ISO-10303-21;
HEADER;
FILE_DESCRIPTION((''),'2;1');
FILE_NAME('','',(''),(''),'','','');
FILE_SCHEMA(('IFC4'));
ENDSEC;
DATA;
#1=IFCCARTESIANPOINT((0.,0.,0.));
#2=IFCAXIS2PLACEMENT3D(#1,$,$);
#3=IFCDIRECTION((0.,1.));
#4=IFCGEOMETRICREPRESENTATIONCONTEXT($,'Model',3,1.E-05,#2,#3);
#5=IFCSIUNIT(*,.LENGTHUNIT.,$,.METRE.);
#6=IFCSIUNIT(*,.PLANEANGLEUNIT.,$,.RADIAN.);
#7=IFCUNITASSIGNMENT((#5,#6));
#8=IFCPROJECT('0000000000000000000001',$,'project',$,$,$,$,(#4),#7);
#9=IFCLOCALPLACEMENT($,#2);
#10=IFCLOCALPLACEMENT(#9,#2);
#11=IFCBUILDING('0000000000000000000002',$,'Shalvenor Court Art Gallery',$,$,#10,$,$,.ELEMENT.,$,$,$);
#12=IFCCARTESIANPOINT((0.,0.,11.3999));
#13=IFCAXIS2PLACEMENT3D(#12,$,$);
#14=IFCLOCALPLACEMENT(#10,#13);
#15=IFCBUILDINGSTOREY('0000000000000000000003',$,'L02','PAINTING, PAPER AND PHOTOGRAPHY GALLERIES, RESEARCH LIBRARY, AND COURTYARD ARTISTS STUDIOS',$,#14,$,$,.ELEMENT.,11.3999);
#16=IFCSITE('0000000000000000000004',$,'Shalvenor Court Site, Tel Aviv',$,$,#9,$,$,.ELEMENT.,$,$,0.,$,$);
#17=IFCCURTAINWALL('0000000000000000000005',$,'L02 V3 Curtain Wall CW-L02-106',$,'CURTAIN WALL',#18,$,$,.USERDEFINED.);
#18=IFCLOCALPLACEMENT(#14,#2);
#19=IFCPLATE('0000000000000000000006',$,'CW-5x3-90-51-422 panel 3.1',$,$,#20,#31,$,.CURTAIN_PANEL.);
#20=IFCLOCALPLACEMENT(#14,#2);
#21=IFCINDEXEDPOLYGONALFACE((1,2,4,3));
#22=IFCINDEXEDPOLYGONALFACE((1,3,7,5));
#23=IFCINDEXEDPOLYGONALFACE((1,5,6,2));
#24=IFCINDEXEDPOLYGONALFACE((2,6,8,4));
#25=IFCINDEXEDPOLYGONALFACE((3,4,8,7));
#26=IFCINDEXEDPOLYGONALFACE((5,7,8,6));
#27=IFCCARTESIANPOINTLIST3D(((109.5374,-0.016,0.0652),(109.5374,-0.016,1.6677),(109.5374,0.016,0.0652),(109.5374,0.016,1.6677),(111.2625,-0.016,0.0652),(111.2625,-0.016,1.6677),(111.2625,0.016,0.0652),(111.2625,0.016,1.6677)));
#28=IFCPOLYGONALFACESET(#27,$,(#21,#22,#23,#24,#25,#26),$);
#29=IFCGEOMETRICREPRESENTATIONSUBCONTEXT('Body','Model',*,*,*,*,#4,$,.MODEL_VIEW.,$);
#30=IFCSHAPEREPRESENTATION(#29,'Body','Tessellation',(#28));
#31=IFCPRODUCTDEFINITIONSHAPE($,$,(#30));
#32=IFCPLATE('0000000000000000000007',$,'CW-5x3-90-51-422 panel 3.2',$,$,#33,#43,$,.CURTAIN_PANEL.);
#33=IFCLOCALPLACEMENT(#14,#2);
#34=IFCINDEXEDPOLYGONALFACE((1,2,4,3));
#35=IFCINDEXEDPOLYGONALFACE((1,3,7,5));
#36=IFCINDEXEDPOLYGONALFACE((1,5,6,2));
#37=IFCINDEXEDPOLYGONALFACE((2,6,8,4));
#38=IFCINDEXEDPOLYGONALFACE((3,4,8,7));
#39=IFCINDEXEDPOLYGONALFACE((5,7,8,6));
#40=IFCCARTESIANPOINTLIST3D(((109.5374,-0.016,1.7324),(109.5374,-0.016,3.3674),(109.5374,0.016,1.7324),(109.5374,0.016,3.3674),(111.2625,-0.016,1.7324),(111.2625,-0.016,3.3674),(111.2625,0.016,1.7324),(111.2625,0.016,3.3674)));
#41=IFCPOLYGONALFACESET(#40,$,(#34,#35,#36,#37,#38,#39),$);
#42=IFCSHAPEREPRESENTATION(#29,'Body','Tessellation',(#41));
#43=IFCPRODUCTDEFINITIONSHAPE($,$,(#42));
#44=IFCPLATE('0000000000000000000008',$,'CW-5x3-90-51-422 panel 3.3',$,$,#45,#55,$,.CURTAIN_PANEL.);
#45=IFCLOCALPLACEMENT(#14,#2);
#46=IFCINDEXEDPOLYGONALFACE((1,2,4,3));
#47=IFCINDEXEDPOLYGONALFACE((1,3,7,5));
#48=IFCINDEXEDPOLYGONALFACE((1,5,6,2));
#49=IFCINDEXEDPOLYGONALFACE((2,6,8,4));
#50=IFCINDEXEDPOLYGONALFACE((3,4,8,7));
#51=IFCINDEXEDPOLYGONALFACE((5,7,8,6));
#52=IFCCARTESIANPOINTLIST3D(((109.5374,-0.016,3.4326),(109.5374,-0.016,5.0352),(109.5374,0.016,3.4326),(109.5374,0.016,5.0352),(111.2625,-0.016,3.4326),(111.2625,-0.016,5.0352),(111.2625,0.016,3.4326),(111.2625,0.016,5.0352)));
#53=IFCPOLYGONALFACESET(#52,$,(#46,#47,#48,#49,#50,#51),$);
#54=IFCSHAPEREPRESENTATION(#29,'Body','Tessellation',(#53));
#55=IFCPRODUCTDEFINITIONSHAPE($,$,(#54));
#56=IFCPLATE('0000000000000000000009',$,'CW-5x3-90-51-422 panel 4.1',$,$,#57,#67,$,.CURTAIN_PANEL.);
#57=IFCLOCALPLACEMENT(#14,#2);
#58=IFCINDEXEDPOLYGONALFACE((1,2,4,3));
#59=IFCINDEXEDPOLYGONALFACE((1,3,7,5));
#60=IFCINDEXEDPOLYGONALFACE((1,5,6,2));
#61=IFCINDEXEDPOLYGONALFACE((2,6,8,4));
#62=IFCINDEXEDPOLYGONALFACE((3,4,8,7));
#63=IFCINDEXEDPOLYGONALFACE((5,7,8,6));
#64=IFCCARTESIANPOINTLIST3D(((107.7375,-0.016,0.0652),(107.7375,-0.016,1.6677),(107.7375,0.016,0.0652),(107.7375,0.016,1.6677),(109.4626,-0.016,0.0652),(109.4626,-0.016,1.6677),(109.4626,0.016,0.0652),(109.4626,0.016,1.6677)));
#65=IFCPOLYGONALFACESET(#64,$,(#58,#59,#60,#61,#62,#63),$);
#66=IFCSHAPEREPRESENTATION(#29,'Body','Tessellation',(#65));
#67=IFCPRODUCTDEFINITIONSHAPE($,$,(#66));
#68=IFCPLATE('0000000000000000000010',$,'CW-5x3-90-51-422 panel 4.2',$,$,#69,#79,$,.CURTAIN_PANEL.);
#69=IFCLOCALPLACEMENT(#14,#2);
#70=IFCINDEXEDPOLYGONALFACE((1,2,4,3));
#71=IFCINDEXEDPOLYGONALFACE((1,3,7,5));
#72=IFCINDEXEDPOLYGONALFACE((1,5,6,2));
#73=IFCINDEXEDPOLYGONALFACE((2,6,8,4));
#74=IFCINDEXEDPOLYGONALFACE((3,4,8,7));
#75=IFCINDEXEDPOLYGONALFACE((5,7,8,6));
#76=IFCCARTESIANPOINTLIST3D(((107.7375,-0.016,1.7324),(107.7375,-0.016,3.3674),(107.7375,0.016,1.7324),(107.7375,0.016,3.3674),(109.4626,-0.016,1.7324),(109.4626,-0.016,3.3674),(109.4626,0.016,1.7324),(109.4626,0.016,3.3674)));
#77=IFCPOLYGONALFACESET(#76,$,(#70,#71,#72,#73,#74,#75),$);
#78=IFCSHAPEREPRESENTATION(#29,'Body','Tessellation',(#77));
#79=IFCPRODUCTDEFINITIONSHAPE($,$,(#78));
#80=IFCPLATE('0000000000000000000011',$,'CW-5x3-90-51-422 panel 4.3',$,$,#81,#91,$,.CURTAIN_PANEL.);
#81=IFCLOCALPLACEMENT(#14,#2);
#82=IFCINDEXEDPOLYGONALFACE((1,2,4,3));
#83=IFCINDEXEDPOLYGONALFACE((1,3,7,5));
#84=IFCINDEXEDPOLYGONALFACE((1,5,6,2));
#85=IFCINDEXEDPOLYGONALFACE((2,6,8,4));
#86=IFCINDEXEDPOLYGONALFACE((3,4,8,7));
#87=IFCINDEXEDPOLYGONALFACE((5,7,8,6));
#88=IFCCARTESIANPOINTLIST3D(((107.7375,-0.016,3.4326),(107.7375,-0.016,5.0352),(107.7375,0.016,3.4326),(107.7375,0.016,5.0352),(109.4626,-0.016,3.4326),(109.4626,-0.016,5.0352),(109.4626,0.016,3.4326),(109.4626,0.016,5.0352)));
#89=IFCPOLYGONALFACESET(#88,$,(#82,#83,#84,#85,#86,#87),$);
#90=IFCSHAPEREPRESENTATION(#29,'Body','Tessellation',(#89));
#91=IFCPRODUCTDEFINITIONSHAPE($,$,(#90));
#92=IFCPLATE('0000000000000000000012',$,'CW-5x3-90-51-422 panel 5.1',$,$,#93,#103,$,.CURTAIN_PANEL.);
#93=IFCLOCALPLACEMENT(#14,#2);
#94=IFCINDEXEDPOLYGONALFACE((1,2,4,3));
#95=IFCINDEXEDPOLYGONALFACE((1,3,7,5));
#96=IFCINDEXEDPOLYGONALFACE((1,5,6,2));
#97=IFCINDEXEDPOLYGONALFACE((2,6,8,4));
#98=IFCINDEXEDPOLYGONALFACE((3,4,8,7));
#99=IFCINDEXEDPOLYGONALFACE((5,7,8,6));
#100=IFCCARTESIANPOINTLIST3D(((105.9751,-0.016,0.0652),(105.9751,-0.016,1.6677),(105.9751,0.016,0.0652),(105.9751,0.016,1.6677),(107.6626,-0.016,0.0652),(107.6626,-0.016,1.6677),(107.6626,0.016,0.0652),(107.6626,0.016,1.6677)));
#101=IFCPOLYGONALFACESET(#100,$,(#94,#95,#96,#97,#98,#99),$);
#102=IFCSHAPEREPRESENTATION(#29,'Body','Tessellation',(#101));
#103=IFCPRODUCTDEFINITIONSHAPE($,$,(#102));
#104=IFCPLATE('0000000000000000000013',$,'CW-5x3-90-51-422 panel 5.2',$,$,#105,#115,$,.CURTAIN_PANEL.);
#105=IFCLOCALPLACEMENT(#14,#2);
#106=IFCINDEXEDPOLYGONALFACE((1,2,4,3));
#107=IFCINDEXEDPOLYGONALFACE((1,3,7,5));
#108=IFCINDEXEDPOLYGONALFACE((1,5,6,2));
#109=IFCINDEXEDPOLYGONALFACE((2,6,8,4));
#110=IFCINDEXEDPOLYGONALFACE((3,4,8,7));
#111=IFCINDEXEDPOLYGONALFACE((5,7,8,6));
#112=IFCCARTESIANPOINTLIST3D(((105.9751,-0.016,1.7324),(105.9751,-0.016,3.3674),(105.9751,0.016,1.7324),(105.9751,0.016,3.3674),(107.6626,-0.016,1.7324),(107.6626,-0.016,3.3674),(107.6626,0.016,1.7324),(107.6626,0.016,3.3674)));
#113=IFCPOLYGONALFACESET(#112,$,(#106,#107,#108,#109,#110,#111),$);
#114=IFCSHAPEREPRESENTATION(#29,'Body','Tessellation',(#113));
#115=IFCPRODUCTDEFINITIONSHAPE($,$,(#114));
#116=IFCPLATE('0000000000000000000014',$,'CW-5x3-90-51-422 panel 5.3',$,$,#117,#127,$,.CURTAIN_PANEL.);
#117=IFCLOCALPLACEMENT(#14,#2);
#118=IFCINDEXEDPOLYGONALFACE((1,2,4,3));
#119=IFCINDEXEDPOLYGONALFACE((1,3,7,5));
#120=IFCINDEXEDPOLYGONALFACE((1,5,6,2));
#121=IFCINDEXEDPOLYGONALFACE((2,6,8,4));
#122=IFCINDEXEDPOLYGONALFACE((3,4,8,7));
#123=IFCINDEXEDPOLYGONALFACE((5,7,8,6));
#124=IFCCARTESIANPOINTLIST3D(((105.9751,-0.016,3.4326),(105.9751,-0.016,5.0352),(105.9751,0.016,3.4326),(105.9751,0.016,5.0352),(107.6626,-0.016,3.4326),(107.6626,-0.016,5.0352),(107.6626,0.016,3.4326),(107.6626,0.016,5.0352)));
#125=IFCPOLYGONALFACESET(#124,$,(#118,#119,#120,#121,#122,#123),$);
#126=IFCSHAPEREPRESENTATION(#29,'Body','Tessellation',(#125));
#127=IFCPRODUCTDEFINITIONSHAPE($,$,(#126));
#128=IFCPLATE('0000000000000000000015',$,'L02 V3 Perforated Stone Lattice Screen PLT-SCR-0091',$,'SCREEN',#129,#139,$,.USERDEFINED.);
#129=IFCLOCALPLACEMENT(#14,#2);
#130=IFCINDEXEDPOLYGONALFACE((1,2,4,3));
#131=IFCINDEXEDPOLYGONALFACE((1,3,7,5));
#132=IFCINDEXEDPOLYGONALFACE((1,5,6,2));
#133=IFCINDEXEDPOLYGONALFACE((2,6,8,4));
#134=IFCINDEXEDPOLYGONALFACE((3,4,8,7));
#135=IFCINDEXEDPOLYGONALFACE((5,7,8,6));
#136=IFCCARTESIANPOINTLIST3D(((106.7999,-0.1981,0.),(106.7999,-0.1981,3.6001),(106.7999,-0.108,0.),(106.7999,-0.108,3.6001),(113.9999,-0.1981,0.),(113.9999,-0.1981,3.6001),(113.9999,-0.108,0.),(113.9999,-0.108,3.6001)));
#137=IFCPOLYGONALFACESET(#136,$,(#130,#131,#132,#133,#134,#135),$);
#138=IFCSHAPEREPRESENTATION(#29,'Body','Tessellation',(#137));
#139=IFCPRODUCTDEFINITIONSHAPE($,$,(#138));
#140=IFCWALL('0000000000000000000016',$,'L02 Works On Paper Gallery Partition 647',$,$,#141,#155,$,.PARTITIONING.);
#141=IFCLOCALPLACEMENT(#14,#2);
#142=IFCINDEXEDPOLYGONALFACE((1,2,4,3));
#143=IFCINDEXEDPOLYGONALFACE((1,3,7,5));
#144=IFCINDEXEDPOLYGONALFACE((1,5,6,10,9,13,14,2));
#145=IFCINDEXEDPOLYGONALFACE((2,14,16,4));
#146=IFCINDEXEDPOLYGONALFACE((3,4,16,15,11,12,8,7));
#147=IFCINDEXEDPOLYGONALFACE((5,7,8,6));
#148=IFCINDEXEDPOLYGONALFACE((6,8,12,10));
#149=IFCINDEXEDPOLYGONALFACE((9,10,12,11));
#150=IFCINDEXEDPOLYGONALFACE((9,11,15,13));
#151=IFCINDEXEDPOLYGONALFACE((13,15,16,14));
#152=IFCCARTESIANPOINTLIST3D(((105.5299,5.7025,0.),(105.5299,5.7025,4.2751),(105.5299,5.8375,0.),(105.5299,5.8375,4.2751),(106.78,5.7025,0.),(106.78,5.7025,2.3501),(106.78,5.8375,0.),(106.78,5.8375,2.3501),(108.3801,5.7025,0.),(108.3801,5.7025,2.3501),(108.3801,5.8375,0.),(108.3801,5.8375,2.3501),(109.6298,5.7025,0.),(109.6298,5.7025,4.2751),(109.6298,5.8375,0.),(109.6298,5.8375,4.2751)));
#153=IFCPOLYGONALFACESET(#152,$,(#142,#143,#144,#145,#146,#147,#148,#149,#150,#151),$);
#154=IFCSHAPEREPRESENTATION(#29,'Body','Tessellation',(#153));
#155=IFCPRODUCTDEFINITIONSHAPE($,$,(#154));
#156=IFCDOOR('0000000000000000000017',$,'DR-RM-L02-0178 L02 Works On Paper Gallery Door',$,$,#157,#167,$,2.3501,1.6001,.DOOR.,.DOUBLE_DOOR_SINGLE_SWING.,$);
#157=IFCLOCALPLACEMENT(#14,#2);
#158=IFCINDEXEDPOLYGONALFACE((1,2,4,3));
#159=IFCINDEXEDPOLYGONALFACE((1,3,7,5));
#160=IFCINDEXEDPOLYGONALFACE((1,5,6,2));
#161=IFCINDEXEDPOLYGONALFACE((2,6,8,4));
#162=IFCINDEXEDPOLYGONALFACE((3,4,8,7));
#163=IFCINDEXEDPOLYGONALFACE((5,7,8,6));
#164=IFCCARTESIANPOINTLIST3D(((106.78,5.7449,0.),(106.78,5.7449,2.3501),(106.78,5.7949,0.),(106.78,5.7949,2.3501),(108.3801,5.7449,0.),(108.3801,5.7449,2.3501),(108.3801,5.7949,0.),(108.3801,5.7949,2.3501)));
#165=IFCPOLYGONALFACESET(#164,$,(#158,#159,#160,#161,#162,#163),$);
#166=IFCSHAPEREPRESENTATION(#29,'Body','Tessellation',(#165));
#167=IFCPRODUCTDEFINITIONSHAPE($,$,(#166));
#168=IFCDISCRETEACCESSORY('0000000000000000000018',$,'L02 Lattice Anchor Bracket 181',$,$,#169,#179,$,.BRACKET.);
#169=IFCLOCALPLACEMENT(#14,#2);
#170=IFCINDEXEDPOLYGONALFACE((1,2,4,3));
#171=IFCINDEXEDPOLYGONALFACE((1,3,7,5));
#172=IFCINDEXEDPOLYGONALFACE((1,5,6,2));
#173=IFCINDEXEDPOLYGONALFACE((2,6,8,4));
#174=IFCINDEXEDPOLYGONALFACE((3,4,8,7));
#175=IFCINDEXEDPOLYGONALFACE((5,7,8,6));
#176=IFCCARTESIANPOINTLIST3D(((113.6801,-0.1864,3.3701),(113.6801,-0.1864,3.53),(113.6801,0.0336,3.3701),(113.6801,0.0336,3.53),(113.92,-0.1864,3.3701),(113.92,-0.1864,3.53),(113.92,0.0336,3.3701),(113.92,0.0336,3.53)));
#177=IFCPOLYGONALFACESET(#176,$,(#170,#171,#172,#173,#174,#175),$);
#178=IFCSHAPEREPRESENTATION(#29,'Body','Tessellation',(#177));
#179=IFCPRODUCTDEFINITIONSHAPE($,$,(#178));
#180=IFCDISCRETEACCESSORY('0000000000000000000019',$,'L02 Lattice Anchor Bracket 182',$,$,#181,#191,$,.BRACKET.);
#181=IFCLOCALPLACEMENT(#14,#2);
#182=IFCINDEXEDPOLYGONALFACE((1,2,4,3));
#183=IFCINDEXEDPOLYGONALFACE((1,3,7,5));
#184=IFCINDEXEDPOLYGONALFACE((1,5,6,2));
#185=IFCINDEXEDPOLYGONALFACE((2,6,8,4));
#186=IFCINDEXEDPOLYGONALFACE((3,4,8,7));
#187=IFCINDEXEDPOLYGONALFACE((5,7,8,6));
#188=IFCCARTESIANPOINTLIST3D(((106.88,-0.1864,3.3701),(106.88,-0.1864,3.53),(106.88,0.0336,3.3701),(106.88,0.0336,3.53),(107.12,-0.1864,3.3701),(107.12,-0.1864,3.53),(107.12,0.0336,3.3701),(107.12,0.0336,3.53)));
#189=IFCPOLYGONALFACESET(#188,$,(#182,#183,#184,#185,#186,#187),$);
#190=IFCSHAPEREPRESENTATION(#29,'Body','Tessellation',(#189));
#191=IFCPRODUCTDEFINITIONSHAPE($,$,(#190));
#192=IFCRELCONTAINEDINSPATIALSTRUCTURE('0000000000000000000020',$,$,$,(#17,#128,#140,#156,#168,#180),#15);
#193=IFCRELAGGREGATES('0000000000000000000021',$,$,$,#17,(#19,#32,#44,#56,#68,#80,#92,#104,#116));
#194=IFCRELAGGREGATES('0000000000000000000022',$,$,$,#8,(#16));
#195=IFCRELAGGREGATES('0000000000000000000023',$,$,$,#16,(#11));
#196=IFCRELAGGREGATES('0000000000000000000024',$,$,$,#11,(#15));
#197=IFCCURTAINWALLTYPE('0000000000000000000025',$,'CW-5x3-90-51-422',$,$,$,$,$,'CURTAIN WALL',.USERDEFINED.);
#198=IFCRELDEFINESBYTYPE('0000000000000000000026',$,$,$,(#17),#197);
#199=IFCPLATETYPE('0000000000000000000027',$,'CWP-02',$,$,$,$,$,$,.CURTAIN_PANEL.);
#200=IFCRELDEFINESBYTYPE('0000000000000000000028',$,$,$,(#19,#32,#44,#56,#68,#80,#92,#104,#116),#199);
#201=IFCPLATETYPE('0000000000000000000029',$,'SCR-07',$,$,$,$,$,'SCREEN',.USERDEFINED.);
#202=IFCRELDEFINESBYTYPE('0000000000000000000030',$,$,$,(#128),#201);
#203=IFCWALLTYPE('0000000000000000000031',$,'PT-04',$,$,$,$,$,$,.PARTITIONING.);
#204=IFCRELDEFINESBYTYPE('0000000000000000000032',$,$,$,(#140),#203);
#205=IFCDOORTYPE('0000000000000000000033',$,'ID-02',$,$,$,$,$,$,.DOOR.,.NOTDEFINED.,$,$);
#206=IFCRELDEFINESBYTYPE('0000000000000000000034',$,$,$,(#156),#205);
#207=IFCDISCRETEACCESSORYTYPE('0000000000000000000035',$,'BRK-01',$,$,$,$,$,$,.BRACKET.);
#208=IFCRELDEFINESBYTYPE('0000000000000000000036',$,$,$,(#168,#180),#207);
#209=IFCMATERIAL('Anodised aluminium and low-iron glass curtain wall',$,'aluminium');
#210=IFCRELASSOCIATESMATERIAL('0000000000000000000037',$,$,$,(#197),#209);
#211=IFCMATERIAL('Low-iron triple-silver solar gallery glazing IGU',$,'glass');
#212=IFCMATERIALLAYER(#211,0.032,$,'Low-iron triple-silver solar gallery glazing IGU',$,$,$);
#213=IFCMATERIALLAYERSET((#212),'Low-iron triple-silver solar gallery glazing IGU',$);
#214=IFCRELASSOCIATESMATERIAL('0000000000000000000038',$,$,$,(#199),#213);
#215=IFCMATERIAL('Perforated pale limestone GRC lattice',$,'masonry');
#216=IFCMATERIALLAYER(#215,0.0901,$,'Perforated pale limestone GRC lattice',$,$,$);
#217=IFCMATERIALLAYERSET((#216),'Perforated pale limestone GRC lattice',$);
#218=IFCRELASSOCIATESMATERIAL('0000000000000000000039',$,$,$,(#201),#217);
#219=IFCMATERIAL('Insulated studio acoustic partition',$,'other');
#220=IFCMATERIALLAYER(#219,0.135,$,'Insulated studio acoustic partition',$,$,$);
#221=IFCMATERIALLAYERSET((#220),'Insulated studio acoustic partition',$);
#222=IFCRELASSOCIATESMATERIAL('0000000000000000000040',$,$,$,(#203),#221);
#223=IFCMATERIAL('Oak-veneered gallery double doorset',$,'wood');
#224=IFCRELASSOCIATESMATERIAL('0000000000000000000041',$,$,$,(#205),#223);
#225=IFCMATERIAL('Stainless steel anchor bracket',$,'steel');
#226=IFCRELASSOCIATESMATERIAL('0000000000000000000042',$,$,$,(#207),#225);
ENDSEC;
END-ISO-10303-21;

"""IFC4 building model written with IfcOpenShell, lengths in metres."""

from ifc_helpers import new_model, si_unit, direction, frame, frame_2d, origin, origin_2d, place, context, subcontext, project, spatial, rectangle, extrude, material, layer, layer_set, type_object, element, fill, aggregate, save


model = new_model("IFC4")

# Units and contexts
model_context = context("Model", 3, precision=1e-05, world=origin(), true_north=direction((0.0, 1.0)))
body_context = subcontext(model_context, "Body", "Model", "MODEL_VIEW")
ifc_project = project(units=[si_unit("LENGTHUNIT", "METRE"), si_unit("PLANEANGLEUNIT", "RADIAN")], contexts=[model_context])

# Site, building, storey
site_placement = place(None, origin())
site = spatial("IfcSite", under=ifc_project, at=site_placement, Name="Shalvenor Court Site, Tel Aviv", CompositionType="ELEMENT", RefElevation=0.0)
building_placement = place(site_placement, origin())
building = spatial("IfcBuilding", under=site, at=building_placement, Name="Shalvenor Court Art Gallery", CompositionType="ELEMENT")
storey_placement = place(building_placement, frame((0.0, 0.0, 11.3999)))
storey = spatial("IfcBuildingStorey", under=building, at=storey_placement, Name="L02", Description="PAINTING, PAPER AND PHOTOGRAPHY GALLERIES, RESEARCH LIBRARY, AND COURTYARD ARTISTS STUDIOS", CompositionType="ELEMENT", Elevation=11.3999)

# Curtain wall
ifc_material_1 = material(Name="Anodised aluminium and low-iron glass curtain wall", Category="aluminium")
curtain_wall_type = type_object("IfcCurtainWallType", Name="CW-5x3-90-51-422", ElementType="CURTAIN WALL", PredefinedType="USERDEFINED", material=ifc_material_1)
curtain_wall_placement = place(storey_placement, origin())
curtain_wall = element("IfcCurtainWall", 1, at=curtain_wall_placement, inside=storey, type_object=curtain_wall_type, Name="L02 V3 Curtain Wall CW-L02-106", ObjectType="CURTAIN WALL", PredefinedType="USERDEFINED")

# Plates
ifc_material_2 = material(Name="Low-iron triple-silver solar gallery glazing IGU", Category="glass")
ifc_layer_1 = layer(ifc_material_2, 0.032, Name="Low-iron triple-silver solar gallery glazing IGU")
ifc_layer_set_1 = layer_set([ifc_layer_1], Name="Low-iron triple-silver solar gallery glazing IGU")
plate_type_1 = type_object("IfcPlateType", Name="CWP-02", PredefinedType="CURTAIN_PANEL", material=ifc_layer_set_1)
plate_1_placement = place(storey_placement, frame((110.3999, 0.0, 0.0652), z_axis=(0.0, 0.0, 1.0), x_axis=(-1.0, 0.0, 0.0)))
plate_1 = element("IfcPlate", 2, at=plate_1_placement, type_object=plate_type_1, Name="CW-5x3-90-51-422 panel 3.1", PredefinedType="CURTAIN_PANEL", context=body_context, shape_type="SweptSolid", body=[
    extrude(rectangle(XDim=1.7251, YDim=0.032, at=origin_2d()), origin(), (0.0, 0.0, 1.0), 1.6025),
])
plate_2_placement = place(storey_placement, frame((110.3999, 0.0, 1.7324), z_axis=(0.0, 0.0, 1.0), x_axis=(-1.0, 0.0, 0.0)))
plate_2 = element("IfcPlate", 3, at=plate_2_placement, type_object=plate_type_1, Name="CW-5x3-90-51-422 panel 3.2", PredefinedType="CURTAIN_PANEL", context=body_context, shape_type="SweptSolid", body=[
    extrude(rectangle(XDim=1.7251, YDim=0.032, at=origin_2d()), origin(), (0.0, 0.0, 1.0), 1.635),
])
plate_3_placement = place(storey_placement, frame((110.3999, 0.0, 3.4326), z_axis=(0.0, 0.0, 1.0), x_axis=(-1.0, 0.0, 0.0)))
plate_3 = element("IfcPlate", 4, at=plate_3_placement, type_object=plate_type_1, Name="CW-5x3-90-51-422 panel 3.3", PredefinedType="CURTAIN_PANEL", context=body_context, shape_type="SweptSolid", body=[
    extrude(rectangle(XDim=1.7251, YDim=0.032, at=origin_2d()), origin(), (0.0, 0.0, 1.0), 1.6025),
])
plate_4_placement = place(storey_placement, frame((108.6001, 0.0, 0.0652), z_axis=(0.0, 0.0, 1.0), x_axis=(-1.0, 0.0, 0.0)))
plate_4 = element("IfcPlate", 5, at=plate_4_placement, type_object=plate_type_1, Name="CW-5x3-90-51-422 panel 4.1", PredefinedType="CURTAIN_PANEL", context=body_context, shape_type="SweptSolid", body=[
    extrude(rectangle(XDim=1.7251, YDim=0.032, at=origin_2d()), origin(), (0.0, 0.0, 1.0), 1.6025),
])
plate_5_placement = place(storey_placement, frame((108.6001, 0.0, 1.7324), z_axis=(0.0, 0.0, 1.0), x_axis=(-1.0, 0.0, 0.0)))
plate_5 = element("IfcPlate", 6, at=plate_5_placement, type_object=plate_type_1, Name="CW-5x3-90-51-422 panel 4.2", PredefinedType="CURTAIN_PANEL", context=body_context, shape_type="SweptSolid", body=[
    extrude(rectangle(XDim=1.7251, YDim=0.032, at=origin_2d()), origin(), (0.0, 0.0, 1.0), 1.635),
])
plate_6_placement = place(storey_placement, frame((108.6001, 0.0, 3.4326), z_axis=(0.0, 0.0, 1.0), x_axis=(-1.0, 0.0, 0.0)))
plate_6 = element("IfcPlate", 7, at=plate_6_placement, type_object=plate_type_1, Name="CW-5x3-90-51-422 panel 4.3", PredefinedType="CURTAIN_PANEL", context=body_context, shape_type="SweptSolid", body=[
    extrude(rectangle(XDim=1.7251, YDim=0.032, at=origin_2d()), origin(), (0.0, 0.0, 1.0), 1.6025),
])
plate_7_placement = place(storey_placement, frame((106.8188, 0.0, 0.0652), z_axis=(0.0, 0.0, 1.0), x_axis=(-1.0, 0.0, 0.0)))
plate_7 = element("IfcPlate", 8, at=plate_7_placement, type_object=plate_type_1, Name="CW-5x3-90-51-422 panel 5.1", PredefinedType="CURTAIN_PANEL", context=body_context, shape_type="SweptSolid", body=[
    extrude(rectangle(XDim=1.6875, YDim=0.032, at=origin_2d()), origin(), (0.0, 0.0, 1.0), 1.6025),
])
plate_8_placement = place(storey_placement, frame((106.8188, 0.0, 1.7324), z_axis=(0.0, 0.0, 1.0), x_axis=(-1.0, 0.0, 0.0)))
plate_8 = element("IfcPlate", 9, at=plate_8_placement, type_object=plate_type_1, Name="CW-5x3-90-51-422 panel 5.2", PredefinedType="CURTAIN_PANEL", context=body_context, shape_type="SweptSolid", body=[
    extrude(rectangle(XDim=1.6875, YDim=0.032, at=origin_2d()), origin(), (0.0, 0.0, 1.0), 1.635),
])
plate_9_placement = place(storey_placement, frame((106.8188, 0.0, 3.4326), z_axis=(0.0, 0.0, 1.0), x_axis=(-1.0, 0.0, 0.0)))
plate_9 = element("IfcPlate", 10, at=plate_9_placement, type_object=plate_type_1, Name="CW-5x3-90-51-422 panel 5.3", PredefinedType="CURTAIN_PANEL", context=body_context, shape_type="SweptSolid", body=[
    extrude(rectangle(XDim=1.6875, YDim=0.032, at=origin_2d()), origin(), (0.0, 0.0, 1.0), 1.6025),
])
aggregate(curtain_wall, [plate_1, plate_2, plate_3, plate_4, plate_5, plate_6, plate_7, plate_8, plate_9])
ifc_material_3 = material(Name="Perforated pale limestone GRC lattice", Category="masonry")
ifc_layer_2 = layer(ifc_material_3, 0.0901, Name="Perforated pale limestone GRC lattice")
ifc_layer_set_2 = layer_set([ifc_layer_2], Name="Perforated pale limestone GRC lattice")
plate_type_2 = type_object("IfcPlateType", Name="SCR-07", ElementType="SCREEN", PredefinedType="USERDEFINED", material=ifc_layer_set_2)
plate_10_placement = place(storey_placement, frame((110.3999, -0.1531, 0.0), z_axis=(0.0, 0.0, 1.0), x_axis=(-1.0, 0.0, 0.0)))
element("IfcPlate", 11, at=plate_10_placement, inside=storey, type_object=plate_type_2, Name="L02 V3 Perforated Stone Lattice Screen PLT-SCR-0091", ObjectType="SCREEN", PredefinedType="USERDEFINED", context=body_context, shape_type="SweptSolid", body=[
    extrude(rectangle(XDim=7.2, YDim=0.0901, at=origin_2d()), origin(), (0.0, 0.0, 1.0), 3.6001),
])

# Wall, opening, door
ifc_material_4 = material(Name="Insulated studio acoustic partition", Category="other")
ifc_layer_3 = layer(ifc_material_4, 0.135, Name="Insulated studio acoustic partition")
ifc_layer_set_3 = layer_set([ifc_layer_3], Name="Insulated studio acoustic partition")
wall_type = type_object("IfcWallType", Name="PT-04", PredefinedType="PARTITIONING", material=ifc_layer_set_3)
wall_placement = place(storey_placement, frame((105.53, 5.77, 0.0), z_axis=(0.0, 0.0, 1.0), x_axis=(1.0, 0.0, 0.0)))
wall = element("IfcWall", 12, at=wall_placement, inside=storey, type_object=wall_type, Name="L02 Works On Paper Gallery Partition 647", PredefinedType="PARTITIONING", context=body_context, shape_type="SweptSolid", body=[
    extrude(rectangle(XDim=4.0999, YDim=0.135, at=frame_2d((2.0498, 0.0))), origin(), (0.0, 0.0, 1.0), 4.2751),
])
opening_placement = place(wall_placement, frame((1.25, 0.0, 0.0)))
opening = element("IfcOpeningElement", 13, at=opening_placement, cuts=wall, PredefinedType="OPENING", context=body_context, shape_type="SweptSolid", body=[
    extrude(rectangle(XDim=1.6001, YDim=2.3501, at=frame_2d((0.8, 1.175))), frame((0.0, 0.0774, 0.0), z_axis=(0.0, -1.0, 0.0), x_axis=(1.0, 0.0, 0.0)), (0.0, 0.0, 1.0), 0.155),
])
ifc_material_5 = material(Name="Oak-veneered gallery double doorset", Category="wood")
door_type = type_object("IfcDoorType", Name="ID-02", OperationType="NOTDEFINED", PredefinedType="DOOR", material=ifc_material_5)
door_placement = place(opening_placement, origin())
door = element("IfcDoor", 14, at=door_placement, inside=storey, type_object=door_type, Name="DR-RM-L02-0178 L02 Works On Paper Gallery Door", OperationType="DOUBLE_DOOR_SINGLE_SWING", OverallHeight=2.3501, OverallWidth=1.6001, PredefinedType="DOOR", context=body_context, shape_type="SweptSolid", body=[
    extrude(rectangle(XDim=1.6001, YDim=2.3501, at=frame_2d((0.8, 1.175))), frame((0.0, 0.0249, 0.0), z_axis=(0.0, -1.0, 0.0), x_axis=(1.0, 0.0, 0.0)), (0.0, 0.0, 1.0), 0.05),
])
fill(opening, door)

# Discrete accessories
ifc_material_6 = material(Name="Stainless steel anchor bracket", Category="steel")
discrete_accessory_type = type_object("IfcDiscreteAccessoryType", Name="BRK-01", PredefinedType="BRACKET", material=ifc_material_6)
for number, where, z_axis, x_axis, name in (
    (15, (113.8, -0.0764, 3.3701), (0.0, 0.0, 1.0), (-1.0, 0.0, 0.0), "L02 Lattice Anchor Bracket 181"),
    (16, (107.0, -0.0764, 3.3701), (0.0, 0.0, 1.0), (-1.0, 0.0, 0.0), "L02 Lattice Anchor Bracket 182"),
):
    element("IfcDiscreteAccessory", number, at=place(storey_placement, frame(where, z_axis=z_axis, x_axis=x_axis)), inside=storey, type_object=discrete_accessory_type, Name=name, PredefinedType="BRACKET", context=body_context, shape_type="SweptSolid", body=[
        extrude(rectangle(XDim=0.24, YDim=0.22, at=origin_2d()), origin(), (0.0, 0.0, 1.0), 0.1599),
    ])

save(model, "model.ifc")
